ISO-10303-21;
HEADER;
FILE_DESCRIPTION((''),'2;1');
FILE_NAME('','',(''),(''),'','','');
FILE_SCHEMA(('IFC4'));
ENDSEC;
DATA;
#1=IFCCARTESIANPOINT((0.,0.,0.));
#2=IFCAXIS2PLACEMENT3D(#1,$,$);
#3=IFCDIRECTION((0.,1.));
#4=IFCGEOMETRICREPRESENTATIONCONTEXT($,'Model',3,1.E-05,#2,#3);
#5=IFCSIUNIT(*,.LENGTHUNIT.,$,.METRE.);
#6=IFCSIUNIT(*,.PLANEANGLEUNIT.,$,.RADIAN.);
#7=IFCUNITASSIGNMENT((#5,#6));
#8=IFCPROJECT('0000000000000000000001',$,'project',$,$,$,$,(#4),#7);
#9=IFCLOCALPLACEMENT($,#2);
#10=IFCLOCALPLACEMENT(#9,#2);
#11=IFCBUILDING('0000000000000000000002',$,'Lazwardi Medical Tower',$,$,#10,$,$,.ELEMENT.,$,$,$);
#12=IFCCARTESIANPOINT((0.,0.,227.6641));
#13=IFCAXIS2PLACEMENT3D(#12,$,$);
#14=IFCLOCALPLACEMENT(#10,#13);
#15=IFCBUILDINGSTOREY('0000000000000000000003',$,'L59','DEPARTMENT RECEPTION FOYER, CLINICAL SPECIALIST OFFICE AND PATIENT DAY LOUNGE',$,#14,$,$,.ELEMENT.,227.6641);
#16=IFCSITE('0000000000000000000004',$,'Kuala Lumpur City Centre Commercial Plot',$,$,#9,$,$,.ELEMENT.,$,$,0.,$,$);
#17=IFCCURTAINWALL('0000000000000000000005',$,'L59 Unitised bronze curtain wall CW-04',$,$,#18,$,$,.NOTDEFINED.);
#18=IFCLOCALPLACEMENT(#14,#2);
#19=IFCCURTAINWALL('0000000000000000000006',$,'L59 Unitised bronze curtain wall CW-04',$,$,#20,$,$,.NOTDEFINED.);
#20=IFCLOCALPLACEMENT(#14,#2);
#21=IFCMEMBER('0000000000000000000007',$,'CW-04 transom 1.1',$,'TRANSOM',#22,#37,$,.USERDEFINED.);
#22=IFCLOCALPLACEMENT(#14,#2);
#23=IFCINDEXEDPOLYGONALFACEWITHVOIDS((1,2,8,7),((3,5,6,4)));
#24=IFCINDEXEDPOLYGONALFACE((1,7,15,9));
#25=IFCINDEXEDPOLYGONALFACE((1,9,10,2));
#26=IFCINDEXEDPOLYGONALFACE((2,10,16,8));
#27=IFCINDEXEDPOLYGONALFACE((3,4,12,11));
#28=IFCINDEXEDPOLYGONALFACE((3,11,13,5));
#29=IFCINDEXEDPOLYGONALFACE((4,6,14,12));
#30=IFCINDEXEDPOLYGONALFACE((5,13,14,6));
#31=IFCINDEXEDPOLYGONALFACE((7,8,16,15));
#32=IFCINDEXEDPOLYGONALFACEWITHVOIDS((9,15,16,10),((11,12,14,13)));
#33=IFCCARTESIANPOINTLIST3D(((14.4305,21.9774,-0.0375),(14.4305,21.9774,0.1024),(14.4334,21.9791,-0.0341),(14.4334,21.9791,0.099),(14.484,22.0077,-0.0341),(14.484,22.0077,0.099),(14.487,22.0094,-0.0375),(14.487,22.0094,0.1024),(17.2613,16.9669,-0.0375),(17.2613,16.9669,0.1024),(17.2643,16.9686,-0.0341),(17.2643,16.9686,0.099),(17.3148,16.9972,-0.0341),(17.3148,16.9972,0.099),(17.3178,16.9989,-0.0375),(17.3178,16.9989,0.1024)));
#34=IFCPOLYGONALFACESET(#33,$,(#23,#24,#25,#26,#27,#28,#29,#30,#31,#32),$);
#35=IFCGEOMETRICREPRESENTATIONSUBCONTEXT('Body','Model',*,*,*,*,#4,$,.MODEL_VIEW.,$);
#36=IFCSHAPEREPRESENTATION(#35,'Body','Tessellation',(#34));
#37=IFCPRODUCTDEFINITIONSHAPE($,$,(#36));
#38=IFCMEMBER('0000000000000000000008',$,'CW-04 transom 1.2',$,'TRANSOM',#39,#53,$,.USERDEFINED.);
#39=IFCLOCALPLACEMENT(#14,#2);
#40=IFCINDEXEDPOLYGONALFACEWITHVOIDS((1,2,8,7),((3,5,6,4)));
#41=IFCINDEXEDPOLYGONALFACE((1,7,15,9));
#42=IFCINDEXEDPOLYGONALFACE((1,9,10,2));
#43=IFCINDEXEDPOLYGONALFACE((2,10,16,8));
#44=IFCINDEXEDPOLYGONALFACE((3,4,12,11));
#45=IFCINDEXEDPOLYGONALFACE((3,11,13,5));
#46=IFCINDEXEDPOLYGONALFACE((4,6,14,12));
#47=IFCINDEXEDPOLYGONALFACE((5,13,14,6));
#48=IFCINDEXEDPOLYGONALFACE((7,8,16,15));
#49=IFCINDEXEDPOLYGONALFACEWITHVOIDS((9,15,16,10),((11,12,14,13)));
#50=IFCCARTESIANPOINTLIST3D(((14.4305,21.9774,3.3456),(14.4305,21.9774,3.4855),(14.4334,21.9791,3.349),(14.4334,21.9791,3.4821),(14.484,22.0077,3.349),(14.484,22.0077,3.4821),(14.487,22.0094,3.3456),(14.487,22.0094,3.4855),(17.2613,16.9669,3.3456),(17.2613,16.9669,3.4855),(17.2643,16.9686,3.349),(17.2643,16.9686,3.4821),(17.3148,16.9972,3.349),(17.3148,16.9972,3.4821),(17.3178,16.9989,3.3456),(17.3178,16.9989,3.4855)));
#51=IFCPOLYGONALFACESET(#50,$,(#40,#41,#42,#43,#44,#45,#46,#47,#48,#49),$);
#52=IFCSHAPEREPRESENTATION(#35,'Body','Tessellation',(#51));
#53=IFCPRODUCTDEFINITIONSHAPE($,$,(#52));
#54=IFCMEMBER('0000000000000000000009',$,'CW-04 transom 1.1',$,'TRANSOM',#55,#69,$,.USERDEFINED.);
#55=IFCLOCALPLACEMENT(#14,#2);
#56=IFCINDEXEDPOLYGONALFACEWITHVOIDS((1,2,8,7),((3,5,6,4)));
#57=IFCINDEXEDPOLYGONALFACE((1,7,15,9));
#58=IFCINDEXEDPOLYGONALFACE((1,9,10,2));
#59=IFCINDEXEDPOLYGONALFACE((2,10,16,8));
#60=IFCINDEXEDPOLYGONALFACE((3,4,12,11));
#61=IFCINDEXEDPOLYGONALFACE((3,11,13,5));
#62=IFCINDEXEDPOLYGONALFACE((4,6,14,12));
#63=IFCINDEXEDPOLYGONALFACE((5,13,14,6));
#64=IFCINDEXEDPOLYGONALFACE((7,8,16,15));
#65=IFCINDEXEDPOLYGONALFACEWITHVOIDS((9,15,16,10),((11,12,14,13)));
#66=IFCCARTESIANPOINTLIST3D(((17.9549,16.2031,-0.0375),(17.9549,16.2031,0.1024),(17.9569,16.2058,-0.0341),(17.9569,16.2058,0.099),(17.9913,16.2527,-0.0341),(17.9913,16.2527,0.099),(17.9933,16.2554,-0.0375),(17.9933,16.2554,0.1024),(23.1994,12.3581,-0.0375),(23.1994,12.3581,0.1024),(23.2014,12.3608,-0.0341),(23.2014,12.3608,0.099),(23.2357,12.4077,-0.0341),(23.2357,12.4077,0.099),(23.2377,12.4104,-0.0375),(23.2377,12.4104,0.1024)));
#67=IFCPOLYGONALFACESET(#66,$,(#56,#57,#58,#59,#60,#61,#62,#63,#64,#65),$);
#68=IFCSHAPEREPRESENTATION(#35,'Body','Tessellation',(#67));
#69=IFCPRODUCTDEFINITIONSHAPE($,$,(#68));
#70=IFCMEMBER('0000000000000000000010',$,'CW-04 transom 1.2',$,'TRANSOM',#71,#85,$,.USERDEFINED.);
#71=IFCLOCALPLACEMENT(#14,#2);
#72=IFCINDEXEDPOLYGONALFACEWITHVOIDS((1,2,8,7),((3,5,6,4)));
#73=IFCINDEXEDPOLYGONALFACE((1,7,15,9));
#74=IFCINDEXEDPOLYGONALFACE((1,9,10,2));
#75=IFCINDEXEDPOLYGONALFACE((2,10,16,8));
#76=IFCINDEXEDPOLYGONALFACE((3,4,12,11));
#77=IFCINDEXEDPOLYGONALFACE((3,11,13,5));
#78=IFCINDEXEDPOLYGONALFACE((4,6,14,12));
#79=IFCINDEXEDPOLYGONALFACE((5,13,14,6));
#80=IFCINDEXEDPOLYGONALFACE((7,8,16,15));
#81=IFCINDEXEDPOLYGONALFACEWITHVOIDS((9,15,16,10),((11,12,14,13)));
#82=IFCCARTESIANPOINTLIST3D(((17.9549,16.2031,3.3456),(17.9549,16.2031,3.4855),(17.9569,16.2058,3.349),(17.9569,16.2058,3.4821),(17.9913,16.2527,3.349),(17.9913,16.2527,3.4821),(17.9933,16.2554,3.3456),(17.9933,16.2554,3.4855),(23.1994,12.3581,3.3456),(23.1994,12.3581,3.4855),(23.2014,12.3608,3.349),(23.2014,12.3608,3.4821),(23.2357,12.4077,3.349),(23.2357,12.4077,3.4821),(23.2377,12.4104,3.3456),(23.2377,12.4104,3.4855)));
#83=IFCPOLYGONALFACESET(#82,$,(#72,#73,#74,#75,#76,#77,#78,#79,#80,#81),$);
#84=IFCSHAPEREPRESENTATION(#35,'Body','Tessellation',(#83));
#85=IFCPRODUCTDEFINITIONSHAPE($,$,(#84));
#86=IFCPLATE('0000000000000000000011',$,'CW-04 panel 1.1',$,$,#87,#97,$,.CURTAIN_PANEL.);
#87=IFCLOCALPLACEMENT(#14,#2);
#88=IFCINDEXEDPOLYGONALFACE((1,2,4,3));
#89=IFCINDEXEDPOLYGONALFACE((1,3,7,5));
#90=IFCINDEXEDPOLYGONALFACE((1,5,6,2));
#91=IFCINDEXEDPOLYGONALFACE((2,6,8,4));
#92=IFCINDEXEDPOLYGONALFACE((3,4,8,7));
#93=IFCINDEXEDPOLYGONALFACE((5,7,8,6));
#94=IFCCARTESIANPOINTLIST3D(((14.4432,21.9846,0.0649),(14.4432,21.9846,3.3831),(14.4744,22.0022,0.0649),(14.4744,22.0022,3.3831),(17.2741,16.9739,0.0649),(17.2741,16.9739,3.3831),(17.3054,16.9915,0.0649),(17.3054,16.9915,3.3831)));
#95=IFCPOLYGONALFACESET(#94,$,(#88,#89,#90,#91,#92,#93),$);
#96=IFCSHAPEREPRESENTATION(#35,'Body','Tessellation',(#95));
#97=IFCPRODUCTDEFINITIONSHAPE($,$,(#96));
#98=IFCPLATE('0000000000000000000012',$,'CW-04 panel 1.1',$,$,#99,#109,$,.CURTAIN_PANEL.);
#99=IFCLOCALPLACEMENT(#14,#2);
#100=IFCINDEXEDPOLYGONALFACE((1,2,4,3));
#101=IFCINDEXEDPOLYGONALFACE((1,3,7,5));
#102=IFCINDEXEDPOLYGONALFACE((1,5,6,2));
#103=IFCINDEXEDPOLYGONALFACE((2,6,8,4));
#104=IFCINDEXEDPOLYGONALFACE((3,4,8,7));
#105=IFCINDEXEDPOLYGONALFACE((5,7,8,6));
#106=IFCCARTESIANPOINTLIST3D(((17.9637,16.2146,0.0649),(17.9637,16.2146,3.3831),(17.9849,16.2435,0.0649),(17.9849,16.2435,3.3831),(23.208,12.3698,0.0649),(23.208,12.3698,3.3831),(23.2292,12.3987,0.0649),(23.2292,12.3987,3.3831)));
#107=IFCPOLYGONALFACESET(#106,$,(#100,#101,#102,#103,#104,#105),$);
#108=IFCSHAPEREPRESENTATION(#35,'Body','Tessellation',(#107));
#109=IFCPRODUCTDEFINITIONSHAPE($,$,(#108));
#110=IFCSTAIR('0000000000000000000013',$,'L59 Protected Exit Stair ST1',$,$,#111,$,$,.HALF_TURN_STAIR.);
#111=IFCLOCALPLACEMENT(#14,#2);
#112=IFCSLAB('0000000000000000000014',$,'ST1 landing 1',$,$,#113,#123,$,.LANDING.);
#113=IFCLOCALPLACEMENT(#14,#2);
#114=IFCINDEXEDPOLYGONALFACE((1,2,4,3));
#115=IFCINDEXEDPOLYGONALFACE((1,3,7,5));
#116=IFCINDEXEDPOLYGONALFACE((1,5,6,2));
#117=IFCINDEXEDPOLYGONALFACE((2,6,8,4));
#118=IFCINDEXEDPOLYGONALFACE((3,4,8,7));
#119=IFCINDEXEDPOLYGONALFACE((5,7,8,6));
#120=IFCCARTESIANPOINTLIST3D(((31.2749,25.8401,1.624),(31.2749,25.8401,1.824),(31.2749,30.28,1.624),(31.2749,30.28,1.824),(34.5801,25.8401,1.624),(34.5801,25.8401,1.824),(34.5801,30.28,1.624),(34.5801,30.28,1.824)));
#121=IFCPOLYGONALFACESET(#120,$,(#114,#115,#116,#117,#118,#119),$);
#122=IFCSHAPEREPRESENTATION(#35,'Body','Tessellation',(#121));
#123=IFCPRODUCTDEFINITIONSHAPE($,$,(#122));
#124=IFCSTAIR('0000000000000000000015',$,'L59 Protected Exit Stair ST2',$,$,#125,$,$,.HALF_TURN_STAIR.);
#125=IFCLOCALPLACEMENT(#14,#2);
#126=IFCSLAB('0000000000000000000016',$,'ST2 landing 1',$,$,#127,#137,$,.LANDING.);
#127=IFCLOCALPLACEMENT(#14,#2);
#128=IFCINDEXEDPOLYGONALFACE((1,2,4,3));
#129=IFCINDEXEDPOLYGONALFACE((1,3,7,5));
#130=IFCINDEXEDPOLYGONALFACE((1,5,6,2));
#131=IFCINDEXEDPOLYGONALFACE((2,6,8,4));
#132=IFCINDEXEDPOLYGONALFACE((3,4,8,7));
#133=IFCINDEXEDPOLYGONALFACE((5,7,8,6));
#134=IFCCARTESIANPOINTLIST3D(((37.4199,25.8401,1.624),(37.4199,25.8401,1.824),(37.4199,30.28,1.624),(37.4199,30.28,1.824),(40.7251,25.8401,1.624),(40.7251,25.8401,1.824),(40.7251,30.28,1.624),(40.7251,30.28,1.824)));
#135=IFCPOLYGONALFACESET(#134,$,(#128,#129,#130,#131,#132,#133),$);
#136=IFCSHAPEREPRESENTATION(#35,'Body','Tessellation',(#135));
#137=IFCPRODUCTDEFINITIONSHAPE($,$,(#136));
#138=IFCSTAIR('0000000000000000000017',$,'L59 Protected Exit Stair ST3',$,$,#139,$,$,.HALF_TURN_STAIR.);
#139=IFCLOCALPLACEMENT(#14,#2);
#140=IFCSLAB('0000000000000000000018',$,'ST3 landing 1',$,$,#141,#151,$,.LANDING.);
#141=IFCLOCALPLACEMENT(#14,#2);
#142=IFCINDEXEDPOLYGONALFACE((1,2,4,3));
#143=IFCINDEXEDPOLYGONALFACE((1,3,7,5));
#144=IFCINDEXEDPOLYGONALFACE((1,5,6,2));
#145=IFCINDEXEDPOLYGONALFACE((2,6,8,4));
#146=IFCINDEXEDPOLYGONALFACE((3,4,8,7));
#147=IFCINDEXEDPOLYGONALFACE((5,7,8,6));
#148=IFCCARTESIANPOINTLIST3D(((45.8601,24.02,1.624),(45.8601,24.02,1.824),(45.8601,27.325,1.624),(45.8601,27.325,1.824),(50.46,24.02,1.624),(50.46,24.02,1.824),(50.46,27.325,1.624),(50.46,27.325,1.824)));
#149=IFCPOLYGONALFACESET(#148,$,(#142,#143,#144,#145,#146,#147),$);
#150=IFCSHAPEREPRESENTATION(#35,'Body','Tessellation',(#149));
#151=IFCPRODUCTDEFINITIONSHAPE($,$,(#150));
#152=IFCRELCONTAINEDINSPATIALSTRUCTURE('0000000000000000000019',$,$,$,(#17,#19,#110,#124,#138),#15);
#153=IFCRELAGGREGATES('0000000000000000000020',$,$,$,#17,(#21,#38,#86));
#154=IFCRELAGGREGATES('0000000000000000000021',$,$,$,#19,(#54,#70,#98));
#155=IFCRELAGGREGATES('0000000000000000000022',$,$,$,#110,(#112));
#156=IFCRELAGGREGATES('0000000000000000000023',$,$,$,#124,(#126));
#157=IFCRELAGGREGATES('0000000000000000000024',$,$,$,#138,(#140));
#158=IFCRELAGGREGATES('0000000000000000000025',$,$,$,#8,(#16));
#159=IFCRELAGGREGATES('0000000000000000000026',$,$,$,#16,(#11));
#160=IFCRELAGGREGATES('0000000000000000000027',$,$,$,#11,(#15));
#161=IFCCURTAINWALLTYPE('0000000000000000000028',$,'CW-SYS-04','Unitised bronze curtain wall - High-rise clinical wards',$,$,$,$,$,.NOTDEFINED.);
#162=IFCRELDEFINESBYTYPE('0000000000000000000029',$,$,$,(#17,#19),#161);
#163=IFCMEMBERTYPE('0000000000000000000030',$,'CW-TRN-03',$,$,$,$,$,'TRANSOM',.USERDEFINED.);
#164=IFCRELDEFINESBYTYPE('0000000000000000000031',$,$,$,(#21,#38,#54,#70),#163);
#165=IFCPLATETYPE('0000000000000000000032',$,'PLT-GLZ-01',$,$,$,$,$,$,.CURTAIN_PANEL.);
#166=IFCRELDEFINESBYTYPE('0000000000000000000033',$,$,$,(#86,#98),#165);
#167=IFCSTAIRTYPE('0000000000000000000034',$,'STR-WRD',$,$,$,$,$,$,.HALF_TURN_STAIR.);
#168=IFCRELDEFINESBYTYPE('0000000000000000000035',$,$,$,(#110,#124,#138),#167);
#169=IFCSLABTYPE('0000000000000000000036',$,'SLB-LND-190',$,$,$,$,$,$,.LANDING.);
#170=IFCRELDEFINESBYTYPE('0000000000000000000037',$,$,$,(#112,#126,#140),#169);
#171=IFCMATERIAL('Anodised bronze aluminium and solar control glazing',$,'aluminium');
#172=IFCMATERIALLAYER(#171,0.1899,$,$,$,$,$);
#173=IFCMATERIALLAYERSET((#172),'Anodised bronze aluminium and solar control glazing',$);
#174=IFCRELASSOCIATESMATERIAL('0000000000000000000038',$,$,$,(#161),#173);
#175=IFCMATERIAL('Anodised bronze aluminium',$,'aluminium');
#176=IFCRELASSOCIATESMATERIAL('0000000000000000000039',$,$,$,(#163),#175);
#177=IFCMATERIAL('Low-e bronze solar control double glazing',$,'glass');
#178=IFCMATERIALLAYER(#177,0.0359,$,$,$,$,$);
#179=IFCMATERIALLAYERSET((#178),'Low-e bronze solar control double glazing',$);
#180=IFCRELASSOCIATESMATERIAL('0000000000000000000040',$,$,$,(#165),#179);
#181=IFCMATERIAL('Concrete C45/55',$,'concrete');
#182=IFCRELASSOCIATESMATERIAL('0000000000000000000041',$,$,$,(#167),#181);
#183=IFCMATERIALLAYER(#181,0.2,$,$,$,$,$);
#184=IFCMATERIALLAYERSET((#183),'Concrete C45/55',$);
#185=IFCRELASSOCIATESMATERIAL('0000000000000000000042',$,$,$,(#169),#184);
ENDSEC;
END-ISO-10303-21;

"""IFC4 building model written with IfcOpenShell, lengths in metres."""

from ifc_helpers import new_model, si_unit, direction, frame, origin, origin_2d, place, context, subcontext, project, spatial, polyline, rectangle, hollow_rectangle, outline, extrude, material, layer, layer_set, material_profile, profile_set, type_object, element, aggregate, save


model = new_model("IFC4")

# Units and contexts
model_context = context("Model", 3, precision=1e-05, world=origin(), true_north=direction((0.0, 1.0)))
body_context = subcontext(model_context, "Body", "Model", "MODEL_VIEW")
ifc_project = project(units=[si_unit("LENGTHUNIT", "METRE"), si_unit("PLANEANGLEUNIT", "RADIAN")], contexts=[model_context])

# Site, building, storey
site_placement = place(None, origin())
site = spatial("IfcSite", under=ifc_project, at=site_placement, Name="Kuala Lumpur City Centre Commercial Plot", CompositionType="ELEMENT", RefElevation=0.0)
building_placement = place(site_placement, origin())
building = spatial("IfcBuilding", under=site, at=building_placement, Name="Lazwardi Medical Tower", CompositionType="ELEMENT")
storey_placement = place(building_placement, frame((0.0, 0.0, 227.6641)))
storey = spatial("IfcBuildingStorey", under=building, at=storey_placement, Name="L59", Description="DEPARTMENT RECEPTION FOYER, CLINICAL SPECIALIST OFFICE AND PATIENT DAY LOUNGE", CompositionType="ELEMENT", Elevation=227.6641)

# Curtain walls
ifc_material_1 = material(Name="Anodised bronze aluminium and solar control glazing", Category="aluminium")
ifc_layer_1 = layer(ifc_material_1, 0.1899)
ifc_layer_set_1 = layer_set([ifc_layer_1], Name="Anodised bronze aluminium and solar control glazing")
curtain_wall_type = type_object("IfcCurtainWallType", Name="CW-SYS-04", Description="Unitised bronze curtain wall - High-rise clinical wards", PredefinedType="NOTDEFINED", material=ifc_layer_set_1)
curtain_wall_1_placement = place(storey_placement, origin())
curtain_wall_1 = element("IfcCurtainWall", 1, at=curtain_wall_1_placement, inside=storey, type_object=curtain_wall_type, Name="L59 Unitised bronze curtain wall CW-04", PredefinedType="NOTDEFINED")
ifc_material_2 = material(Name="Anodised bronze aluminium", Category="aluminium")
curtain_wall_2_placement = place(storey_placement, origin())
curtain_wall_2 = element("IfcCurtainWall", 2, at=curtain_wall_2_placement, inside=storey, type_object=curtain_wall_type, Name="L59 Unitised bronze curtain wall CW-04", PredefinedType="NOTDEFINED")

# Members
ifc_material_profile_1 = material_profile(ifc_material_2, hollow_rectangle(XDim=0.0649, YDim=0.1399, WallThickness=0.0034, at=origin_2d()), Name="ALU-TRANSOM 140x65x3.5")
ifc_profile_set_1 = profile_set([ifc_material_profile_1], Name="Anodised bronze aluminium")
member_type_1 = type_object("IfcMemberType", Name="CW-TRN-03", ElementType="TRANSOM", PredefinedType="USERDEFINED", material=ifc_profile_set_1)
member_1_placement = place(storey_placement, frame((14.4587, 21.9934, 0.0325), z_axis=(0.491898, -0.870653, 0.0), x_axis=(0.870653, 0.491898, 0.0)))
member_1 = element("IfcMember", 3, at=member_1_placement, type_object=member_type_1, Name="CW-04 transom 1.1", ObjectType="TRANSOM", PredefinedType="USERDEFINED", context=body_context, shape_type="SweptSolid", body=[
    extrude(hollow_rectangle(XDim=0.0649, YDim=0.1399, WallThickness=0.0034, at=origin_2d()), origin(), (0.0, 0.0, 1.0), 5.7549),
])
member_2_placement = place(storey_placement, frame((14.4587, 21.9934, 3.4155), z_axis=(0.491898, -0.870653, 0.0), x_axis=(0.870653, 0.491898, 0.0)))
member_2 = element("IfcMember", 4, at=member_2_placement, type_object=member_type_1, Name="CW-04 transom 1.2", ObjectType="TRANSOM", PredefinedType="USERDEFINED", context=body_context, shape_type="SweptSolid", body=[
    extrude(hollow_rectangle(XDim=0.0649, YDim=0.1399, WallThickness=0.0034, at=origin_2d()), origin(), (0.0, 0.0, 1.0), 5.7549),
])
member_3_placement = place(storey_placement, frame((17.9741, 16.2292, 0.0325), z_axis=(0.806472, -0.591273, 0.0), x_axis=(0.591273, 0.806472, 0.0)))
member_3 = element("IfcMember", 5, at=member_3_placement, type_object=member_type_1, Name="CW-04 transom 1.1", ObjectType="TRANSOM", PredefinedType="USERDEFINED", context=body_context, shape_type="SweptSolid", body=[
    extrude(hollow_rectangle(XDim=0.0649, YDim=0.1399, WallThickness=0.0034, at=origin_2d()), origin(), (0.0, 0.0, 1.0), 6.5029),
])
member_4_placement = place(storey_placement, frame((17.9741, 16.2292, 3.4155), z_axis=(0.806472, -0.591273, 0.0), x_axis=(0.591273, 0.806472, 0.0)))
member_4 = element("IfcMember", 6, at=member_4_placement, type_object=member_type_1, Name="CW-04 transom 1.2", ObjectType="TRANSOM", PredefinedType="USERDEFINED", context=body_context, shape_type="SweptSolid", body=[
    extrude(hollow_rectangle(XDim=0.0649, YDim=0.1399, WallThickness=0.0034, at=origin_2d()), origin(), (0.0, 0.0, 1.0), 6.5029),
])

# Plates
ifc_material_3 = material(Name="Low-e bronze solar control double glazing", Category="glass")
ifc_layer_2 = layer(ifc_material_3, 0.0359)
ifc_layer_set_2 = layer_set([ifc_layer_2], Name="Low-e bronze solar control double glazing")
plate_type = type_object("IfcPlateType", Name="PLT-GLZ-01", PredefinedType="CURTAIN_PANEL", material=ifc_layer_set_2)
plate_1_placement = place(storey_placement, frame((15.8743, 19.488, 0.0649), z_axis=(0.0, 0.0, 1.0), x_axis=(0.4919, -0.870651, 0.0)))
plate_1 = element("IfcPlate", 7, at=plate_1_placement, type_object=plate_type, Name="CW-04 panel 1.1", PredefinedType="CURTAIN_PANEL", context=body_context, shape_type="SweptSolid", body=[
    extrude(rectangle(XDim=5.7551, YDim=0.0359, at=origin_2d()), origin(), (0.0, 0.0, 1.0), 3.3181),
])
aggregate(curtain_wall_1, [member_1, member_2, plate_1])
plate_2_placement = place(storey_placement, frame((20.5964, 14.3066, 0.0649), z_axis=(0.0, 0.0, 1.0), x_axis=(0.806475, -0.591268, 0.0)))
plate_2 = element("IfcPlate", 8, at=plate_2_placement, type_object=plate_type, Name="CW-04 panel 1.1", PredefinedType="CURTAIN_PANEL", context=body_context, shape_type="SweptSolid", body=[
    extrude(rectangle(XDim=6.5027, YDim=0.0359, at=origin_2d()), origin(), (0.0, 0.0, 1.0), 3.3181),
])
aggregate(curtain_wall_2, [member_3, member_4, plate_2])

# Stairs, slabs
ifc_material_4 = material(Name="Concrete C45/55", Category="concrete")
stair_type = type_object("IfcStairType", Name="STR-WRD", PredefinedType="HALF_TURN_STAIR", material=ifc_material_4)
stair_1_placement = place(storey_placement, origin())
stair_1 = element("IfcStair", 9, at=stair_1_placement, inside=storey, type_object=stair_type, Name="L59 Protected Exit Stair ST1", PredefinedType="HALF_TURN_STAIR")
ifc_layer_3 = layer(ifc_material_4, 0.2)
ifc_layer_set_3 = layer_set([ifc_layer_3], Name="Concrete C45/55")
slab_type_1 = type_object("IfcSlabType", Name="SLB-LND-190", PredefinedType="LANDING", material=ifc_layer_set_3)
slab_1_placement = place(storey_placement, frame((0.0, 0.0, 1.624)))
slab_1 = element("IfcSlab", 10, at=slab_1_placement, type_object=slab_type_1, Name="ST1 landing 1", PredefinedType="LANDING", context=body_context, shape_type="SweptSolid", body=[
    extrude(outline(polyline([(31.2749, 25.8401), (34.5801, 25.8401), (34.5801, 30.28), (31.2749, 30.28), (31.2749, 25.8401)])), origin(), (0.0, 0.0, 1.0), 0.2),
])
aggregate(stair_1, [slab_1])
stair_2_placement = place(storey_placement, origin())
stair_2 = element("IfcStair", 11, at=stair_2_placement, inside=storey, type_object=stair_type, Name="L59 Protected Exit Stair ST2", PredefinedType="HALF_TURN_STAIR")
slab_2_placement = place(storey_placement, frame((0.0, 0.0, 1.624)))
slab_2 = element("IfcSlab", 12, at=slab_2_placement, type_object=slab_type_1, Name="ST2 landing 1", PredefinedType="LANDING", context=body_context, shape_type="SweptSolid", body=[
    extrude(outline(polyline([(40.7251, 30.28), (37.4199, 30.28), (37.4199, 25.8401), (40.7251, 25.8401), (40.7251, 30.28)])), origin(), (0.0, 0.0, 1.0), 0.2),
])
aggregate(stair_2, [slab_2])
stair_3_placement = place(storey_placement, origin())
stair_3 = element("IfcStair", 13, at=stair_3_placement, inside=storey, type_object=stair_type, Name="L59 Protected Exit Stair ST3", PredefinedType="HALF_TURN_STAIR")
slab_3_placement = place(storey_placement, frame((0.0, 0.0, 1.624)))
slab_3 = element("IfcSlab", 14, at=slab_3_placement, type_object=slab_type_1, Name="ST3 landing 1", PredefinedType="LANDING", context=body_context, shape_type="SweptSolid", body=[
    extrude(outline(polyline([(45.8601, 27.325), (45.8601, 24.02), (50.46, 24.02), (50.46, 27.325), (45.8601, 27.325)])), origin(), (0.0, 0.0, 1.0), 0.2),
])
aggregate(stair_3, [slab_3])

save(model, "model.ifc")
